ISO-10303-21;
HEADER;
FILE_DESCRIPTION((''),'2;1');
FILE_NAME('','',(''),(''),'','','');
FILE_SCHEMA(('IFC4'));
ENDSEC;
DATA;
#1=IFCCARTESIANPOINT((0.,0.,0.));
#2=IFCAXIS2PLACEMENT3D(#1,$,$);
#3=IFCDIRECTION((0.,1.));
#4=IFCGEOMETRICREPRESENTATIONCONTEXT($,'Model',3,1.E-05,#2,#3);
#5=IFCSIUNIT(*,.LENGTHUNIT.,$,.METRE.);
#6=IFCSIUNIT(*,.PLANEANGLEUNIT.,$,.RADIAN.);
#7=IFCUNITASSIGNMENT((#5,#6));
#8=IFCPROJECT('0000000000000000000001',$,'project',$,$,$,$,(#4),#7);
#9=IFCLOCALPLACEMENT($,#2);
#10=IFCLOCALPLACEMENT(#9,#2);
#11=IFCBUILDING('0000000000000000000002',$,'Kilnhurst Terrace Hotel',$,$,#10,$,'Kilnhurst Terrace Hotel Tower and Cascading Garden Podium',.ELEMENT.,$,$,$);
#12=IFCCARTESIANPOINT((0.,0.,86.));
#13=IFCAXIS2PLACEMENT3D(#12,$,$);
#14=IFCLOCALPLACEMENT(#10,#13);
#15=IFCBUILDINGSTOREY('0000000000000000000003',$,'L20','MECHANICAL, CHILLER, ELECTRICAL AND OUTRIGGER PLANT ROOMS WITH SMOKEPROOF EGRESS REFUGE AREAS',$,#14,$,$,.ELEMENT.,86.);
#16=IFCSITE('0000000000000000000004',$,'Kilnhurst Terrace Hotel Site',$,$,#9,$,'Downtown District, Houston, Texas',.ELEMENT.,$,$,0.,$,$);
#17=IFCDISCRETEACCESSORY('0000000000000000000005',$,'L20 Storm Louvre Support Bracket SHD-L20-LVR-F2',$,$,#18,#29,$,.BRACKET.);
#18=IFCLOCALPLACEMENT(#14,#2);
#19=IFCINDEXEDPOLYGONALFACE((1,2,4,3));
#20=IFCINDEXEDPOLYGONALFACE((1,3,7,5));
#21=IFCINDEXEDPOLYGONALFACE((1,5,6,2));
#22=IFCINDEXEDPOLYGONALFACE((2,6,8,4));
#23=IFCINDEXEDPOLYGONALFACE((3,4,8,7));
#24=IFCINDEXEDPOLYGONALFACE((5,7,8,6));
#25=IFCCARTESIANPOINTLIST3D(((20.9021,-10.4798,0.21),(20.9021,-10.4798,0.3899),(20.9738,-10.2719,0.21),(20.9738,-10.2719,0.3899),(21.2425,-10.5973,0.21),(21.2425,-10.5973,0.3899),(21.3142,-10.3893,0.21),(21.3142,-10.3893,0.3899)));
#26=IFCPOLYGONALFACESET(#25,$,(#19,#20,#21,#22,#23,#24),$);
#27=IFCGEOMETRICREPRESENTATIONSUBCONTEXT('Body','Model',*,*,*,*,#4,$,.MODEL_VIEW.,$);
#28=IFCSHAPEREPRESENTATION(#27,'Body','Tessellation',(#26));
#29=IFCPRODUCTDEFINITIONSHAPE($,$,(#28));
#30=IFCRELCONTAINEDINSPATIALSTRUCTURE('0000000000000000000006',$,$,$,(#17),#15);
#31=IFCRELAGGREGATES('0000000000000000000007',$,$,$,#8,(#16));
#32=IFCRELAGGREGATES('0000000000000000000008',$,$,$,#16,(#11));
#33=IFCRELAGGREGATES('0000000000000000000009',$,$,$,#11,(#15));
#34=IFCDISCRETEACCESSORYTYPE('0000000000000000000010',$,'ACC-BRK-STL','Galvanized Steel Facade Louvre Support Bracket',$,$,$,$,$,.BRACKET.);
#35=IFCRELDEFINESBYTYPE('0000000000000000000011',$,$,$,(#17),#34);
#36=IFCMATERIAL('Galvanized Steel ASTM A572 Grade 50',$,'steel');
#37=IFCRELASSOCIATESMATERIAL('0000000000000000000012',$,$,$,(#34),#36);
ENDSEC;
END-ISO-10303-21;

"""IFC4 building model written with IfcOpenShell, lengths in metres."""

from ifc_helpers import new_model, si_unit, direction, frame, origin, origin_2d, place, context, subcontext, project, spatial, rectangle, extrude, material, type_object, element, save


model = new_model("IFC4")

# Units and contexts
model_context = context("Model", 3, precision=1e-05, world=origin(), true_north=direction((0.0, 1.0)))
body_context = subcontext(model_context, "Body", "Model", "MODEL_VIEW")
ifc_project = project(units=[si_unit("LENGTHUNIT", "METRE"), si_unit("PLANEANGLEUNIT", "RADIAN")], contexts=[model_context])

# Site, building, storey
site_placement = place(None, origin())
site = spatial("IfcSite", under=ifc_project, at=site_placement, Name="Kilnhurst Terrace Hotel Site", LongName="Downtown District, Houston, Texas", CompositionType="ELEMENT", RefElevation=0.0)
building_placement = place(site_placement, origin())
building = spatial("IfcBuilding", under=site, at=building_placement, Name="Kilnhurst Terrace Hotel", LongName="Kilnhurst Terrace Hotel Tower and Cascading Garden Podium", CompositionType="ELEMENT")
storey_placement = place(building_placement, frame((0.0, 0.0, 86.0)))
storey = spatial("IfcBuildingStorey", under=building, at=storey_placement, Name="L20", Description="MECHANICAL, CHILLER, ELECTRICAL AND OUTRIGGER PLANT ROOMS WITH SMOKEPROOF EGRESS REFUGE AREAS", CompositionType="ELEMENT", Elevation=86.0)

# Discrete accessory
ifc_material_1 = material(Name="Galvanized Steel ASTM A572 Grade 50", Category="steel")
discrete_accessory_type = type_object("IfcDiscreteAccessoryType", Name="ACC-BRK-STL", Description="Galvanized Steel Facade Louvre Support Bracket", PredefinedType="BRACKET", material=ifc_material_1)
discrete_accessory_placement = place(storey_placement, frame((21.1082, -10.4346, 0.21), z_axis=(0.0, 0.0, 1.0), x_axis=(0.326063, 0.945348, 0.0)))
element("IfcDiscreteAccessory", 1, at=discrete_accessory_placement, inside=storey, type_object=discrete_accessory_type, Name="L20 Storm Louvre Support Bracket SHD-L20-LVR-F2", PredefinedType="BRACKET", context=body_context, shape_type="SweptSolid", body=[
    extrude(rectangle(XDim=0.22, YDim=0.3601, at=origin_2d()), origin(), (0.0, 0.0, 1.0), 0.1799),
])

save(model, "model.ifc")
